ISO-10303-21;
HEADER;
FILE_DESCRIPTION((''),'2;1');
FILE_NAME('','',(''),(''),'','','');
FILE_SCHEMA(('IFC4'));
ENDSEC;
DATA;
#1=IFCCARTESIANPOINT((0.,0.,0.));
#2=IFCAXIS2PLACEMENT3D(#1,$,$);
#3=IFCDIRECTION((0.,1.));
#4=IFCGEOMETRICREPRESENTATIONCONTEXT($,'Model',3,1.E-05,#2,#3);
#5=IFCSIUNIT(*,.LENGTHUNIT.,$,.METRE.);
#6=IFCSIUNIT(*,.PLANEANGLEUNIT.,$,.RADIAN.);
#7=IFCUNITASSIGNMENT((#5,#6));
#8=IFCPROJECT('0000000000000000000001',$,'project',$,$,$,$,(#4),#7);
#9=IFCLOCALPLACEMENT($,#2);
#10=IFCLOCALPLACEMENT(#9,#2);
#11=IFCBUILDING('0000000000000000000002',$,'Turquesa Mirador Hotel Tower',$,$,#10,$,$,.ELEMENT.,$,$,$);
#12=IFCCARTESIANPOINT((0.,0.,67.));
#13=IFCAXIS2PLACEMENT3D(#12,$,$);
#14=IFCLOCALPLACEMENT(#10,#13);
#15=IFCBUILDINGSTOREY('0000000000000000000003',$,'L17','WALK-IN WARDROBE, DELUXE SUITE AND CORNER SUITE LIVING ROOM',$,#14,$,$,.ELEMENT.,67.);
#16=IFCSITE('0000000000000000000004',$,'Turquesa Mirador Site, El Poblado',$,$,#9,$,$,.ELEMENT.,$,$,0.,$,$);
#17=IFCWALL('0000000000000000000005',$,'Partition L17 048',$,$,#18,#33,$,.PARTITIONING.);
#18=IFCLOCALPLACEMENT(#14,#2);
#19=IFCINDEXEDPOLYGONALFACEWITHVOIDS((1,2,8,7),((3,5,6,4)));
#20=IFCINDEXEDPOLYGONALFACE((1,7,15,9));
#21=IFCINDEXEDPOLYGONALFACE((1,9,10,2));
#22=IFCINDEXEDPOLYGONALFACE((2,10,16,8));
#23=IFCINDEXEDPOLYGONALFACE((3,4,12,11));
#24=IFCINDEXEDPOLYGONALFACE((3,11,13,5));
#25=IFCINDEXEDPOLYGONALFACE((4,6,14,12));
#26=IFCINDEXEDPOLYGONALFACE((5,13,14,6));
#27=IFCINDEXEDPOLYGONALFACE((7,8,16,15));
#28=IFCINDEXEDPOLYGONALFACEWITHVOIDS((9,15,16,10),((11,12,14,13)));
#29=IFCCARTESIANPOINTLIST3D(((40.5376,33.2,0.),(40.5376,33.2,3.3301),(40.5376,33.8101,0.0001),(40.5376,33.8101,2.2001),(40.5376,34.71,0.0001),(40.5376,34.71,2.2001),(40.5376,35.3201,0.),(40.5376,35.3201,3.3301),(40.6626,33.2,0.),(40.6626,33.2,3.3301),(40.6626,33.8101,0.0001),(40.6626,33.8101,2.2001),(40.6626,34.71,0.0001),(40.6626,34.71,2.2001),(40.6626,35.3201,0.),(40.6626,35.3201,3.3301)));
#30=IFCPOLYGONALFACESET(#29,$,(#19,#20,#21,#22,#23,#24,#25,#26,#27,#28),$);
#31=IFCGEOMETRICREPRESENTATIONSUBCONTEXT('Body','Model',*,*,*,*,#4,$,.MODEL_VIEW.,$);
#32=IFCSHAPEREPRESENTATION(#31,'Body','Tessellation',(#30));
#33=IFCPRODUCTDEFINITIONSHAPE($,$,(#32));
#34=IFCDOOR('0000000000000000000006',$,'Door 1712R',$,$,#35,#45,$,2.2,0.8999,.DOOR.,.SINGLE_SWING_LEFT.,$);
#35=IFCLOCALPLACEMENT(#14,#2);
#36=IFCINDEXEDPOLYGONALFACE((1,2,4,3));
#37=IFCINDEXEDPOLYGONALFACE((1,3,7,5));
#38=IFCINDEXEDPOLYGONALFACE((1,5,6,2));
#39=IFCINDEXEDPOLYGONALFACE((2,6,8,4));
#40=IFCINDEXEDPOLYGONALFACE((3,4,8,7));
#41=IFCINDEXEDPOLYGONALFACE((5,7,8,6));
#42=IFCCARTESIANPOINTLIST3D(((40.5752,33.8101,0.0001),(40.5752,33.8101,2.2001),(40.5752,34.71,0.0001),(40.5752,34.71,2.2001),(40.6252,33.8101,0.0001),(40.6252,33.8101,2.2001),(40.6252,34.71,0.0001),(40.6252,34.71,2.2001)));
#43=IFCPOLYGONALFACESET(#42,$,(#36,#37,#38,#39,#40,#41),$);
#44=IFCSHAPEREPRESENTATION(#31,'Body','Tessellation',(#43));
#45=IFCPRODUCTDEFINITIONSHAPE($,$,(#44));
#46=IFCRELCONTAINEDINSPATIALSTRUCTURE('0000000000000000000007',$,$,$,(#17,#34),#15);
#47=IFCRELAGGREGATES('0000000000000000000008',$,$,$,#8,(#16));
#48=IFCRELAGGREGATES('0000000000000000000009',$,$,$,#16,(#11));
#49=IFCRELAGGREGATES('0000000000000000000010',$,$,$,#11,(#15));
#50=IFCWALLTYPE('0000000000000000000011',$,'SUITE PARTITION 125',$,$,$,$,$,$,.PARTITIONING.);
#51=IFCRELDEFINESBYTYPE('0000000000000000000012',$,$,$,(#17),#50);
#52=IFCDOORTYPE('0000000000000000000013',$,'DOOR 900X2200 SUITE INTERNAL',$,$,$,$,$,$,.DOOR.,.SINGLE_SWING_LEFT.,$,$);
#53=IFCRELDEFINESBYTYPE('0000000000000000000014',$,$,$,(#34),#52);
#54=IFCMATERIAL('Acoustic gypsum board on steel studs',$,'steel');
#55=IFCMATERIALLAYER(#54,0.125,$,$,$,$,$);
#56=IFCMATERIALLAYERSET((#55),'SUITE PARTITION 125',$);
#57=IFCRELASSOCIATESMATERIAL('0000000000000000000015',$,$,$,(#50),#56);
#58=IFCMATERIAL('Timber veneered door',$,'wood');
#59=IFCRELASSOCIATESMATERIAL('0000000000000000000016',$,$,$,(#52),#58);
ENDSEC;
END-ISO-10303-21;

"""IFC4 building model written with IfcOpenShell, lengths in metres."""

from ifc_helpers import new_model, si_unit, direction, frame, frame_2d, origin, place, context, subcontext, project, spatial, rectangle, extrude, material, layer, layer_set, type_object, element, fill, save


model = new_model("IFC4")

# Units and contexts
model_context = context("Model", 3, precision=1e-05, world=origin(), true_north=direction((0.0, 1.0)))
body_context = subcontext(model_context, "Body", "Model", "MODEL_VIEW")
ifc_project = project(units=[si_unit("LENGTHUNIT", "METRE"), si_unit("PLANEANGLEUNIT", "RADIAN")], contexts=[model_context])

# Site, building, storey
site_placement = place(None, origin())
site = spatial("IfcSite", under=ifc_project, at=site_placement, Name="Turquesa Mirador Site, El Poblado", CompositionType="ELEMENT", RefElevation=0.0)
building_placement = place(site_placement, origin())
building = spatial("IfcBuilding", under=site, at=building_placement, Name="Turquesa Mirador Hotel Tower", CompositionType="ELEMENT")
storey_placement = place(building_placement, frame((0.0, 0.0, 67.0)))
storey = spatial("IfcBuildingStorey", under=building, at=storey_placement, Name="L17", Description="WALK-IN WARDROBE, DELUXE SUITE AND CORNER SUITE LIVING ROOM", CompositionType="ELEMENT", Elevation=67.0)

# Wall, opening, door
ifc_material_1 = material(Name="Acoustic gypsum board on steel studs", Category="steel")
ifc_layer_1 = layer(ifc_material_1, 0.125)
ifc_layer_set_1 = layer_set([ifc_layer_1], Name="SUITE PARTITION 125")
wall_type_1 = type_object("IfcWallType", Name="SUITE PARTITION 125", PredefinedType="PARTITIONING", material=ifc_layer_set_1)
wall_1_placement = place(storey_placement, frame((40.6001, 33.2, 0.0), z_axis=(0.0, 0.0, 1.0), x_axis=(0.0, 1.0, 0.0)))
wall_1 = element("IfcWall", 1, at=wall_1_placement, inside=storey, type_object=wall_type_1, Name="Partition L17 048", PredefinedType="PARTITIONING", context=body_context, shape_type="SweptSolid", body=[
    extrude(rectangle(XDim=2.1201, YDim=0.125, at=frame_2d((1.0601, 0.0))), origin(), (0.0, 0.0, 1.0), 3.3301),
])
opening_1_placement = place(wall_1_placement, frame((0.6101, 0.0, 0.0)))
opening_1 = element("IfcOpeningElement", 2, at=opening_1_placement, cuts=wall_1, PredefinedType="OPENING", context=body_context, shape_type="SweptSolid", body=[
    extrude(rectangle(XDim=0.8999, YDim=2.2, at=frame_2d((0.45, 1.1001))), frame((0.0, 0.0725, 0.0), z_axis=(0.0, -1.0, 0.0), x_axis=(1.0, 0.0, 0.0)), (0.0, 0.0, 1.0), 0.145),
])
ifc_material_2 = material(Name="Timber veneered door", Category="wood")
door_type = type_object("IfcDoorType", Name="DOOR 900X2200 SUITE INTERNAL", OperationType="SINGLE_SWING_LEFT", PredefinedType="DOOR", material=ifc_material_2)
door_placement = place(opening_1_placement, origin())
door = element("IfcDoor", 3, at=door_placement, inside=storey, type_object=door_type, Name="Door 1712R", OperationType="SINGLE_SWING_LEFT", OverallHeight=2.2, OverallWidth=0.8999, PredefinedType="DOOR", context=body_context, shape_type="SweptSolid", body=[
    extrude(rectangle(XDim=0.8999, YDim=2.2, at=frame_2d((0.45, 1.1001))), frame((0.0, 0.0249, 0.0), z_axis=(0.0, -1.0, 0.0), x_axis=(1.0, 0.0, 0.0)), (0.0, 0.0, 1.0), 0.05),
])
fill(opening_1, door)

save(model, "model.ifc")
